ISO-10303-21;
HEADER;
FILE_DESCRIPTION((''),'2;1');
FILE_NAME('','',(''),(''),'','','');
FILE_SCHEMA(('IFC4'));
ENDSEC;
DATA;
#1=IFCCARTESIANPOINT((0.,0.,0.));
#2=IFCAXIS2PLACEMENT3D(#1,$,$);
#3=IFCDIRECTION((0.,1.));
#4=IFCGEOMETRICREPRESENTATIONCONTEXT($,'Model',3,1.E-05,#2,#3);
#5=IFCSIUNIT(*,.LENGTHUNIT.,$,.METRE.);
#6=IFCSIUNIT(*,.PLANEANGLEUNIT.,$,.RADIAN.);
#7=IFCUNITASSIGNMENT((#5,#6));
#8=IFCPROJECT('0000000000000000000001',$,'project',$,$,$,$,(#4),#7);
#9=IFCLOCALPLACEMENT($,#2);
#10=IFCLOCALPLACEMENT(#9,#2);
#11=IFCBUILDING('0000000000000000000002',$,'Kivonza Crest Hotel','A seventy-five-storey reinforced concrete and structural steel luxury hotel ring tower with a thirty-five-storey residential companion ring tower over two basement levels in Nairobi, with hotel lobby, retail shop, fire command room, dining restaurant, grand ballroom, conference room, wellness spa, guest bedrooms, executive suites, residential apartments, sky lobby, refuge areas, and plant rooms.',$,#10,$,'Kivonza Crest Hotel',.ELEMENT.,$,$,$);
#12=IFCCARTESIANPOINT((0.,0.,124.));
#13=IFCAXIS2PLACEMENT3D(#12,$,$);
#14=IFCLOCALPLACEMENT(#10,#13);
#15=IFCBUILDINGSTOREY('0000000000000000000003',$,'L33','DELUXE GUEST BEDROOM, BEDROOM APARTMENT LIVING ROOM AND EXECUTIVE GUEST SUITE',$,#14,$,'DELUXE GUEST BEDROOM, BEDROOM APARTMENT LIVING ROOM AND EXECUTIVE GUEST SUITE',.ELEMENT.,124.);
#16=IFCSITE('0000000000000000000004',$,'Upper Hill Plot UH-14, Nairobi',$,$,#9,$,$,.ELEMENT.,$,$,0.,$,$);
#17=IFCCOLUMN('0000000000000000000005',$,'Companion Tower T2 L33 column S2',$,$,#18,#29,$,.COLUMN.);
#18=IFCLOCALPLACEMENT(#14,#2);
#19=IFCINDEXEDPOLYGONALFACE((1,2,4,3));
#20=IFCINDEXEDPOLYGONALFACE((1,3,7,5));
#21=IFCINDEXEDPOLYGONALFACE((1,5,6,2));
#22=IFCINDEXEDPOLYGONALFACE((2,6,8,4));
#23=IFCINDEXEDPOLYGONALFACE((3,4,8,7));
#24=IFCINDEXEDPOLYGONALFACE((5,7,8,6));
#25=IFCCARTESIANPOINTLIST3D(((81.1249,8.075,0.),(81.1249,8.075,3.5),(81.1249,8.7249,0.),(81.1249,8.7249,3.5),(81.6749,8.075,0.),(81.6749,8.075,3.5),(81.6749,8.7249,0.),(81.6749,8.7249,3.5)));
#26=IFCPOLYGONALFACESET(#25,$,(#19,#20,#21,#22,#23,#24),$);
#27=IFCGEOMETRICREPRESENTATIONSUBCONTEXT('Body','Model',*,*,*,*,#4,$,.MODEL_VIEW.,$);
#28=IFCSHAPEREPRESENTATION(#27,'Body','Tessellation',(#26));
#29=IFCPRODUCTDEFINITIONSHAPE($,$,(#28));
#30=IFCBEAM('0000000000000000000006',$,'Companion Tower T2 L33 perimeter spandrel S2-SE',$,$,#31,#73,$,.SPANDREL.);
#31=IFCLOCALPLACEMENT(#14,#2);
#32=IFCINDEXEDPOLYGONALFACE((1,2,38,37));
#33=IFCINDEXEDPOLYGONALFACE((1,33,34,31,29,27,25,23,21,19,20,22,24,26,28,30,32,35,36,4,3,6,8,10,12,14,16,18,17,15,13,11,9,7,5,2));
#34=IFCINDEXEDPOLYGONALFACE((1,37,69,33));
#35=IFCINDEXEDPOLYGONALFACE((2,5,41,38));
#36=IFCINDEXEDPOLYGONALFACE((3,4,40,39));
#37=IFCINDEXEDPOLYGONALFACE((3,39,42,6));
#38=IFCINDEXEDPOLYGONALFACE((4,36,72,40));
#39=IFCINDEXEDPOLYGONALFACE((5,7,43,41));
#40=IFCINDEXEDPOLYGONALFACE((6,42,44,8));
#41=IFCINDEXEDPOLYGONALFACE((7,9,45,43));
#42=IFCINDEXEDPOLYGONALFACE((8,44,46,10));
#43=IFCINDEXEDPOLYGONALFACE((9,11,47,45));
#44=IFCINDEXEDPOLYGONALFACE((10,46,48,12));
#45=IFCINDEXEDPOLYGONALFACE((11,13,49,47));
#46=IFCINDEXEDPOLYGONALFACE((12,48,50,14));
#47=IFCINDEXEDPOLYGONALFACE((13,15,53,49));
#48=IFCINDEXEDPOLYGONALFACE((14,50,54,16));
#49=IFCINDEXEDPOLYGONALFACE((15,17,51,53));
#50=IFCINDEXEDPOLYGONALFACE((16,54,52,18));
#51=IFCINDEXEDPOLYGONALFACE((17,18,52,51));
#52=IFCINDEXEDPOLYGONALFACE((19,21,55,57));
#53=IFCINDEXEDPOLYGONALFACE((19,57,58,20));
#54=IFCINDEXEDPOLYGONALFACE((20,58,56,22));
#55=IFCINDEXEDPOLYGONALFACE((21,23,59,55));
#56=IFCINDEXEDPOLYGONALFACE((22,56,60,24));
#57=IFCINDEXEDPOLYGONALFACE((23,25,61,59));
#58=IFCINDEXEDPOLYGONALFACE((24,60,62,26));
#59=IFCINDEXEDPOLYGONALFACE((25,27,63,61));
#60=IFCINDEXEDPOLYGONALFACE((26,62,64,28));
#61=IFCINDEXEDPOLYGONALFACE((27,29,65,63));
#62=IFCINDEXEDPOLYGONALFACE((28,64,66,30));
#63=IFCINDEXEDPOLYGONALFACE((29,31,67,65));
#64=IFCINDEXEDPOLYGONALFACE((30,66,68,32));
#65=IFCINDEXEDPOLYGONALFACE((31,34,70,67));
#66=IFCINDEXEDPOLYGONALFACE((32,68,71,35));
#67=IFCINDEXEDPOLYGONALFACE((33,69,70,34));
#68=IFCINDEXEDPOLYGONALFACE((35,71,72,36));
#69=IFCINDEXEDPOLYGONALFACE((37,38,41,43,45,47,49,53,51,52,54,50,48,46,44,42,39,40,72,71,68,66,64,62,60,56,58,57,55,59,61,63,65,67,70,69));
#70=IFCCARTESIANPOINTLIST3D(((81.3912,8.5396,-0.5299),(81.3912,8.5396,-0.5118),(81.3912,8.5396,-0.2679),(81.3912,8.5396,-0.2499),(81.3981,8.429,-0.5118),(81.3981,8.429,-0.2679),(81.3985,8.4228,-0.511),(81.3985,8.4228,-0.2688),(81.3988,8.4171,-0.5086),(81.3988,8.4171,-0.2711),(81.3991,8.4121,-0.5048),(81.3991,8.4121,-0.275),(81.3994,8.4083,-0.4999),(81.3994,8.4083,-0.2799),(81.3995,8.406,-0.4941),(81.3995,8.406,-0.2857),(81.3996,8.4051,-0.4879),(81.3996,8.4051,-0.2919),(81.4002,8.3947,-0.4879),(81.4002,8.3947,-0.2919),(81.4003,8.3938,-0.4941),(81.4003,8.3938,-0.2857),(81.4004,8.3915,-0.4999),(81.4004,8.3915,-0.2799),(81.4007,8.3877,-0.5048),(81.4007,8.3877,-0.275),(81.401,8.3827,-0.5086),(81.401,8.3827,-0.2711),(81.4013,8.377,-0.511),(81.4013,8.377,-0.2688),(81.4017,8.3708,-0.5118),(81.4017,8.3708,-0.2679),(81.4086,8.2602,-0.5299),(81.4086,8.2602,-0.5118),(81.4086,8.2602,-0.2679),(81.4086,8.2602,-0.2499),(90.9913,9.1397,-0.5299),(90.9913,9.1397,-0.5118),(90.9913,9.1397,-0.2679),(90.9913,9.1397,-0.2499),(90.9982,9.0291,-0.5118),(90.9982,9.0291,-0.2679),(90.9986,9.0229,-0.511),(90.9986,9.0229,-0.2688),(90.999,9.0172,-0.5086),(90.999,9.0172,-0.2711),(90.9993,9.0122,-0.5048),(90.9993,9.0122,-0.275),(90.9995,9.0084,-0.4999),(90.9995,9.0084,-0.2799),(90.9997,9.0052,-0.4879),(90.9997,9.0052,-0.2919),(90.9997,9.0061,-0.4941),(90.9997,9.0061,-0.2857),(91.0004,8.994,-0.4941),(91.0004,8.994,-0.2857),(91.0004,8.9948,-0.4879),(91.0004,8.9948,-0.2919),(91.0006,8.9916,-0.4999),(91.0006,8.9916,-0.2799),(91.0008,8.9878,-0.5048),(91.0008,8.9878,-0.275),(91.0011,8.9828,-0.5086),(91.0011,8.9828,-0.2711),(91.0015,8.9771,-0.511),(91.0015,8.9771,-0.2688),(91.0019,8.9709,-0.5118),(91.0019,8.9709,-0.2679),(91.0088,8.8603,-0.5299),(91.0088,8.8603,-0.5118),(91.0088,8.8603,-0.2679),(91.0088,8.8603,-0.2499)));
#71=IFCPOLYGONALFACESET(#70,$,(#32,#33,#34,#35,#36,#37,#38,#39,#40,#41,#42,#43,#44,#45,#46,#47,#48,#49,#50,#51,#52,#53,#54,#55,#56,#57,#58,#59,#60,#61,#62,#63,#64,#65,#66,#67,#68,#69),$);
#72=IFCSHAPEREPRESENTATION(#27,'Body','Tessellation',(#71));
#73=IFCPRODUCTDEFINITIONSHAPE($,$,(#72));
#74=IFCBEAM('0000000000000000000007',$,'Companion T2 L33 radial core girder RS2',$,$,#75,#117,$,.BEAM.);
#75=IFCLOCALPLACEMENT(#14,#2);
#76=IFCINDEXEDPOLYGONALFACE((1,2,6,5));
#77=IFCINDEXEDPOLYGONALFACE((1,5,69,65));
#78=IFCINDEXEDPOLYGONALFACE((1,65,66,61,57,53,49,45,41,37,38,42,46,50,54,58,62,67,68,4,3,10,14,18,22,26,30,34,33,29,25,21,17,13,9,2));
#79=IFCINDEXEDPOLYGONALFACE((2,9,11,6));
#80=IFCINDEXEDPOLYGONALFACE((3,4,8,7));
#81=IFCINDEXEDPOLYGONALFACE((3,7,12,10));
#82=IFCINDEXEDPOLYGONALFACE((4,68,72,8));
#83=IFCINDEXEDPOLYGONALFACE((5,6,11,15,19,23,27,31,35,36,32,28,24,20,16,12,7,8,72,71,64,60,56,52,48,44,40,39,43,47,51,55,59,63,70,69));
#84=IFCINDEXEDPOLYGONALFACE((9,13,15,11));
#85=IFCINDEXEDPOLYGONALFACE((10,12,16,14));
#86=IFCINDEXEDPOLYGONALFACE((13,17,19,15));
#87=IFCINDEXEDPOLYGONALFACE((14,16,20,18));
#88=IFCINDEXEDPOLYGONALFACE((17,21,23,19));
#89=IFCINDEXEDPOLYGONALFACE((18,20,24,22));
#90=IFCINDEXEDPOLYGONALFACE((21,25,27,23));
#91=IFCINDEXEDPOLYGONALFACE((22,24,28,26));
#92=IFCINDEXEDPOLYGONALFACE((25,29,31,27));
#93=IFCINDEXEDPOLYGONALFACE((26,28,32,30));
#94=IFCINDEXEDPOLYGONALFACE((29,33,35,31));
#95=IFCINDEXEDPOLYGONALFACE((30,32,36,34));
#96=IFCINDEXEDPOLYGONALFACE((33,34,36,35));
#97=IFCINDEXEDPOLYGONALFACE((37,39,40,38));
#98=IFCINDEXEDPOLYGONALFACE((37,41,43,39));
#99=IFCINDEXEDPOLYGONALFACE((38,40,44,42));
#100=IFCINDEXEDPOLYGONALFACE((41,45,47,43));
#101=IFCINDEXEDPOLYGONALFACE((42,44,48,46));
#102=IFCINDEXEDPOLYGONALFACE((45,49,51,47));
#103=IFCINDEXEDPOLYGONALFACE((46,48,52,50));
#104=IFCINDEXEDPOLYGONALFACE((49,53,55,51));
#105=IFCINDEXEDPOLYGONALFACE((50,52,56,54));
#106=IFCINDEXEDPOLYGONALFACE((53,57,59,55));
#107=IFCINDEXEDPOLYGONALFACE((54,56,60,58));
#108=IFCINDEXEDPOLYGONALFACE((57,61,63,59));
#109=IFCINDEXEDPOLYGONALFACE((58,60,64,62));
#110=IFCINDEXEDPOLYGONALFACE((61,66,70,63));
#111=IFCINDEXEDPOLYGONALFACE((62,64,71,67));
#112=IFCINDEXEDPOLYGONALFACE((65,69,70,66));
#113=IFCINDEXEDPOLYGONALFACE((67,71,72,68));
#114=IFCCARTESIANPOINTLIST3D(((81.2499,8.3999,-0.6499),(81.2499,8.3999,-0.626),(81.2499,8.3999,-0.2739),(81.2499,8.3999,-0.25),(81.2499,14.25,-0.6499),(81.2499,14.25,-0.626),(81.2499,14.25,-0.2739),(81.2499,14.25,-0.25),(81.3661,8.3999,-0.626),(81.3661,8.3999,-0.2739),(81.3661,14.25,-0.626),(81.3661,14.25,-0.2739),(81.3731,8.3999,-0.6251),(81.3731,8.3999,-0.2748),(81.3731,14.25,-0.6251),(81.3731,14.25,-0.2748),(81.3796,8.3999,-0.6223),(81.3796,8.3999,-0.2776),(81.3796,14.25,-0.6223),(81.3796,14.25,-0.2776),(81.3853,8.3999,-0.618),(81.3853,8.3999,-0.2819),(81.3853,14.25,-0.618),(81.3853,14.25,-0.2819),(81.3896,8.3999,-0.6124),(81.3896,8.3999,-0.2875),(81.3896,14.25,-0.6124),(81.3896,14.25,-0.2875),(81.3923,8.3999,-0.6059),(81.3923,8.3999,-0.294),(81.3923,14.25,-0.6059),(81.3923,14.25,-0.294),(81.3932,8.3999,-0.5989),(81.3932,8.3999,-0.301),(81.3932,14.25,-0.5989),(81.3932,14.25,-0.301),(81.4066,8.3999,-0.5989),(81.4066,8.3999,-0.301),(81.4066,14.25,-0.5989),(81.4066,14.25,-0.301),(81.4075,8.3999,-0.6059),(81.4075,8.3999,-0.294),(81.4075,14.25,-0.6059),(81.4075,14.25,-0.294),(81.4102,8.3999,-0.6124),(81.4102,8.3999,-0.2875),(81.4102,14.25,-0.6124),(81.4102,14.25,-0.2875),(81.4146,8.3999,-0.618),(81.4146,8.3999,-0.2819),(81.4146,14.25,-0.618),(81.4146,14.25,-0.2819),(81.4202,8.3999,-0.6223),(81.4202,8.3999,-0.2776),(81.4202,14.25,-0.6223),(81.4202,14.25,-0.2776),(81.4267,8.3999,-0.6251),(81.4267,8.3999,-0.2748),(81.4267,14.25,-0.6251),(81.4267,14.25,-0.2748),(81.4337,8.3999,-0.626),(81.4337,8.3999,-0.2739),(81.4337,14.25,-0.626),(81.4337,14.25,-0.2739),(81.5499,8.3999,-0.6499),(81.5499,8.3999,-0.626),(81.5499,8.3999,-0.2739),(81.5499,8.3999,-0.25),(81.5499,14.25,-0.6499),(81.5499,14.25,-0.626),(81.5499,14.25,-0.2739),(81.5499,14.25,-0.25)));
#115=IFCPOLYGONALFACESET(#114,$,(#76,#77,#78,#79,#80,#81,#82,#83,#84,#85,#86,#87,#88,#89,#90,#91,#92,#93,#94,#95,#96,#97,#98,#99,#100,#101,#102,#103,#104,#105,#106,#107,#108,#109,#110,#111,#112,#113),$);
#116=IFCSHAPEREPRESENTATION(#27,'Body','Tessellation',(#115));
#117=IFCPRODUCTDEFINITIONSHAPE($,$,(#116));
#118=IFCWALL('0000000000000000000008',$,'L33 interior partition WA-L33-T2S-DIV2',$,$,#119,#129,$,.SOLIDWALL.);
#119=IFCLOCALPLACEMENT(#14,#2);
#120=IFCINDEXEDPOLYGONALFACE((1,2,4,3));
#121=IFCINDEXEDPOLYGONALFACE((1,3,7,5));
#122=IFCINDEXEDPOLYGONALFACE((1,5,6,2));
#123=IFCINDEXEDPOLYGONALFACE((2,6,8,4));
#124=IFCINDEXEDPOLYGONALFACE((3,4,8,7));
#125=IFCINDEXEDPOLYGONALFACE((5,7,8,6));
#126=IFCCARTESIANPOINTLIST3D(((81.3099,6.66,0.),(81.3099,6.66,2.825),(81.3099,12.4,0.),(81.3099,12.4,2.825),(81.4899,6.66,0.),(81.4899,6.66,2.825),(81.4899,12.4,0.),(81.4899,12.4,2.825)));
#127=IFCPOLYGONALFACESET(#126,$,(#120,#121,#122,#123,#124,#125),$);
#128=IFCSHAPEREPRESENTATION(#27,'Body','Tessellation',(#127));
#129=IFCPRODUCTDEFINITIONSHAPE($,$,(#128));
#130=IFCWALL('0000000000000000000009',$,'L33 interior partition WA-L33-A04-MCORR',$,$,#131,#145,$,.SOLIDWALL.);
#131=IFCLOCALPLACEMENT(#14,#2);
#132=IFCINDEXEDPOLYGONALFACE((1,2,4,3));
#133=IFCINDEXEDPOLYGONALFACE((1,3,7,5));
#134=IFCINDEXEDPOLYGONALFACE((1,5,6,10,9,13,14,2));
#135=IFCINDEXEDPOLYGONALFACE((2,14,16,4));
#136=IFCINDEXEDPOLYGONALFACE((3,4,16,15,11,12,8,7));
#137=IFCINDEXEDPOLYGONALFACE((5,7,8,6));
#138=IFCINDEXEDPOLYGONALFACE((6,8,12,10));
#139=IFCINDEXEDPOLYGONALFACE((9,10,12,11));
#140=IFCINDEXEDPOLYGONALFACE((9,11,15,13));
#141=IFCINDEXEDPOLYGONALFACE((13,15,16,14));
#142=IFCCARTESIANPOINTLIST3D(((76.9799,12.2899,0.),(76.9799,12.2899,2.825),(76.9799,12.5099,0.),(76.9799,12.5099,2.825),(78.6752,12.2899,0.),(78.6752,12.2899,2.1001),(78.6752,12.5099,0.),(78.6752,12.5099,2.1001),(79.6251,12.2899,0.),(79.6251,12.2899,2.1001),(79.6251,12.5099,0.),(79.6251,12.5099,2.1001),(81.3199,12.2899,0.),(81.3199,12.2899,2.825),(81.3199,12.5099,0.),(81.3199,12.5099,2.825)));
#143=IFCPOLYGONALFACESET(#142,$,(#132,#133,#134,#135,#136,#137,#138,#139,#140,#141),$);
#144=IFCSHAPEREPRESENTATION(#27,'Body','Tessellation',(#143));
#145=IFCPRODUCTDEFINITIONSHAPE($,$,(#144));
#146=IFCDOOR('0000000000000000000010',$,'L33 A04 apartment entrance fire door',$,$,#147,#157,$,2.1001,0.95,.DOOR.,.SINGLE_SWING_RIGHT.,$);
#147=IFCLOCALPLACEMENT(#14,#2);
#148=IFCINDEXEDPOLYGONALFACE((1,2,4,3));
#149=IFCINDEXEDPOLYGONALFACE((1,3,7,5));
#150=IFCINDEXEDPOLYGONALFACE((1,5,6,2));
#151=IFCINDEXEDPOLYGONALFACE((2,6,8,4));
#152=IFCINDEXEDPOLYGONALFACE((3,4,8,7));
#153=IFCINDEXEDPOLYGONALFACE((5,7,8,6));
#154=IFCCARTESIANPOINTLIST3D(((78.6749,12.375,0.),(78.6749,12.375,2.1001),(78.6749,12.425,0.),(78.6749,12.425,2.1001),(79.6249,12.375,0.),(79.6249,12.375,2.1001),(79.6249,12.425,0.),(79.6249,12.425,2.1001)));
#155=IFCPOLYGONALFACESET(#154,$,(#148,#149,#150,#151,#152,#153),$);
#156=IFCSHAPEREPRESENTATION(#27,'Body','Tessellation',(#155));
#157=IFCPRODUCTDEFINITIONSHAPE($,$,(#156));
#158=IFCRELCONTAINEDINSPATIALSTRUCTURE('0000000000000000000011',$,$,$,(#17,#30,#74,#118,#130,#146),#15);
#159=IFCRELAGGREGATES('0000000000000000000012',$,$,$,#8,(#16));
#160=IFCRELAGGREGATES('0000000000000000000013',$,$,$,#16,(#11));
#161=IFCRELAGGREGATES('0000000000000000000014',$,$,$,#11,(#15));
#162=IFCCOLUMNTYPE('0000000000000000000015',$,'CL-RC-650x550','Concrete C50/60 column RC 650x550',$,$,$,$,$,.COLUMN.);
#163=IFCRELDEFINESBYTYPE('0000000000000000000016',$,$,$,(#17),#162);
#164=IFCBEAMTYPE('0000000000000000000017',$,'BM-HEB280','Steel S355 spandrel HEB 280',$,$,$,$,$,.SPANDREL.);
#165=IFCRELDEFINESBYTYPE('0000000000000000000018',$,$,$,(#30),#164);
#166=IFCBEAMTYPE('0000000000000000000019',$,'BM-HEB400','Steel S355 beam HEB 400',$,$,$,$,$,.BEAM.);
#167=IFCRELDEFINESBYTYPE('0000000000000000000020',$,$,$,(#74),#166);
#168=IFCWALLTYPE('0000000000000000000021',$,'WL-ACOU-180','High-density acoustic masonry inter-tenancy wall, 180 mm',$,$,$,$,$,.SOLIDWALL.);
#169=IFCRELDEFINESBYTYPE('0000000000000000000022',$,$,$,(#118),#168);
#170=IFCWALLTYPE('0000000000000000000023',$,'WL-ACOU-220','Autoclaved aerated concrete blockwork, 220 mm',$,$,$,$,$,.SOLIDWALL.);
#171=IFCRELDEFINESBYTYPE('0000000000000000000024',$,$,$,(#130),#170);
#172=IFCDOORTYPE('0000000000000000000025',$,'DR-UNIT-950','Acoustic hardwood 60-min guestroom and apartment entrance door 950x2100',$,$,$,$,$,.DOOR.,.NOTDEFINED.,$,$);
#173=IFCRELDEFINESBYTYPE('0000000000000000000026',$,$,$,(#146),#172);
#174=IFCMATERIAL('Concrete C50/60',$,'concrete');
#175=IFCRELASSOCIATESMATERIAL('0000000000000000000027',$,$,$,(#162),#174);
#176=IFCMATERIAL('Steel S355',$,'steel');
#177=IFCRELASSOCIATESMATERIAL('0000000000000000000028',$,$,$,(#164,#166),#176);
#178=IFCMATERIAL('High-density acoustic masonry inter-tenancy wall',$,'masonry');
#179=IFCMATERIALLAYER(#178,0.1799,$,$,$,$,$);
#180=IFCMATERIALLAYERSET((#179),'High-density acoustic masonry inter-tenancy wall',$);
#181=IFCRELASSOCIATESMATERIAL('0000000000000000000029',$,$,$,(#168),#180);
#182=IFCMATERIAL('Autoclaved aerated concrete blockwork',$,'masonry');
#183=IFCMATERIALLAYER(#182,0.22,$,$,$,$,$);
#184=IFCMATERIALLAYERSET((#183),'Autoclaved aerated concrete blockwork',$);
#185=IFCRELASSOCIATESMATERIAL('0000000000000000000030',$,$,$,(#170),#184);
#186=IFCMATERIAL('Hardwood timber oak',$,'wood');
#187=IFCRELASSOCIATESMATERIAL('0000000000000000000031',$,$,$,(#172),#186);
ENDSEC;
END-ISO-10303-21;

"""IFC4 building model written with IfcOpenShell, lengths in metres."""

from ifc_helpers import new_model, si_unit, direction, frame, frame_2d, origin, origin_2d, place, context, subcontext, project, spatial, rectangle, i_section, extrude, material, layer, layer_set, material_profile, profile_set, type_object, element, fill, save


model = new_model("IFC4")

# Units and contexts
model_context = context("Model", 3, precision=1e-05, world=origin(), true_north=direction((0.0, 1.0)))
body_context = subcontext(model_context, "Body", "Model", "MODEL_VIEW")
ifc_project = project(units=[si_unit("LENGTHUNIT", "METRE"), si_unit("PLANEANGLEUNIT", "RADIAN")], contexts=[model_context])

# Site, building, storey
site_placement = place(None, origin())
site = spatial("IfcSite", under=ifc_project, at=site_placement, Name="Upper Hill Plot UH-14, Nairobi", CompositionType="ELEMENT", RefElevation=0.0)
building_placement = place(site_placement, origin())
building = spatial("IfcBuilding", under=site, at=building_placement, Name="Kivonza Crest Hotel", Description="A seventy-five-storey reinforced concrete and structural steel luxury hotel ring tower with a thirty-five-storey residential companion ring tower over two basement levels in Nairobi, with hotel lobby, retail shop, fire command room, dining restaurant, grand ballroom, conference room, wellness spa, guest bedrooms, executive suites, residential apartments, sky lobby, refuge areas, and plant rooms.", LongName="Kivonza Crest Hotel", CompositionType="ELEMENT")
storey_placement = place(building_placement, frame((0.0, 0.0, 124.0)))
storey = spatial("IfcBuildingStorey", under=building, at=storey_placement, Name="L33", Description="DELUXE GUEST BEDROOM, BEDROOM APARTMENT LIVING ROOM AND EXECUTIVE GUEST SUITE", LongName="DELUXE GUEST BEDROOM, BEDROOM APARTMENT LIVING ROOM AND EXECUTIVE GUEST SUITE", CompositionType="ELEMENT", Elevation=124.0)

# Column
ifc_material_1 = material(Name="Concrete C50/60", Category="concrete")
ifc_material_profile_1 = material_profile(ifc_material_1, rectangle(XDim=0.55, YDim=0.6499, at=origin_2d()), Name="RC 650x550")
ifc_profile_set_1 = profile_set([ifc_material_profile_1], Name="Concrete C50/60")
column_type = type_object("IfcColumnType", Name="CL-RC-650x550", Description="Concrete C50/60 column RC 650x550", PredefinedType="COLUMN", material=ifc_profile_set_1)
column_placement = place(storey_placement, frame((81.3999, 8.3999, 0.0), z_axis=(0.0, 0.0, 1.0), x_axis=(1.0, 0.0, 0.0)))
element("IfcColumn", 1, at=column_placement, inside=storey, type_object=column_type, Name="Companion Tower T2 L33 column S2", PredefinedType="COLUMN", context=body_context, shape_type="SweptSolid", body=[
    extrude(rectangle(XDim=0.55, YDim=0.6499, at=origin_2d()), origin(), (0.0, 0.0, 1.0), 3.5),
])

# Beams
ifc_material_2 = material(Name="Steel S355", Category="steel")
ifc_material_profile_2 = material_profile(ifc_material_2, i_section(OverallWidth=0.28, OverallDepth=0.28, WebThickness=0.0105, FlangeThickness=0.0181, FilletRadius=0.0239, at=origin_2d()), Name="HEB 280")
ifc_profile_set_2 = profile_set([ifc_material_profile_2], Name="Steel S355")
beam_type_1 = type_object("IfcBeamType", Name="BM-HEB280", Description="Steel S355 spandrel HEB 280", PredefinedType="SPANDREL", material=ifc_profile_set_2)
beam_1_placement = place(storey_placement, frame((81.3999, 8.3999, -0.3899), z_axis=(0.998052, 0.062388, 0.0), x_axis=(-0.062388, 0.998052, 0.0)))
element("IfcBeam", 2, at=beam_1_placement, inside=storey, type_object=beam_type_1, Name="Companion Tower T2 L33 perimeter spandrel S2-SE", PredefinedType="SPANDREL", context=body_context, shape_type="SweptSolid", body=[
    extrude(i_section(OverallWidth=0.28, OverallDepth=0.28, WebThickness=0.0105, FlangeThickness=0.0181, FilletRadius=0.0239, at=origin_2d()), origin(), (0.0, 0.0, 1.0), 9.6189),
])
ifc_material_profile_3 = material_profile(ifc_material_2, i_section(OverallWidth=0.3, OverallDepth=0.3999, WebThickness=0.0134, FlangeThickness=0.0239, FilletRadius=0.0271, at=origin_2d()), Name="HEB 400")
ifc_profile_set_3 = profile_set([ifc_material_profile_3], Name="Steel S355")
beam_type_2 = type_object("IfcBeamType", Name="BM-HEB400", Description="Steel S355 beam HEB 400", PredefinedType="BEAM", material=ifc_profile_set_3)
beam_2_placement = place(storey_placement, frame((81.3999, 8.3999, -0.45), z_axis=(0.0, 1.0, 0.0), x_axis=(-1.0, 0.0, 0.0)))
element("IfcBeam", 3, at=beam_2_placement, inside=storey, type_object=beam_type_2, Name="Companion T2 L33 radial core girder RS2", PredefinedType="BEAM", context=body_context, shape_type="SweptSolid", body=[
    extrude(i_section(OverallWidth=0.3, OverallDepth=0.3999, WebThickness=0.0134, FlangeThickness=0.0239, FilletRadius=0.0271, at=origin_2d()), origin(), (0.0, 0.0, 1.0), 5.8501),
])

# Wall
ifc_material_3 = material(Name="High-density acoustic masonry inter-tenancy wall", Category="masonry")
ifc_layer_1 = layer(ifc_material_3, 0.1799)
ifc_layer_set_1 = layer_set([ifc_layer_1], Name="High-density acoustic masonry inter-tenancy wall")
wall_type_1 = type_object("IfcWallType", Name="WL-ACOU-180", Description="High-density acoustic masonry inter-tenancy wall, 180 mm", PredefinedType="SOLIDWALL", material=ifc_layer_set_1)
wall_1_placement = place(storey_placement, frame((81.3999, 6.6599, 0.0), z_axis=(0.0, 0.0, 1.0), x_axis=(0.0, 1.0, 0.0)))
element("IfcWall", 4, at=wall_1_placement, inside=storey, type_object=wall_type_1, Name="L33 interior partition WA-L33-T2S-DIV2", PredefinedType="SOLIDWALL", context=body_context, shape_type="SweptSolid", body=[
    extrude(rectangle(XDim=5.74, YDim=0.1799, at=frame_2d((2.8701, 0.0))), origin(), (0.0, 0.0, 1.0), 2.825),
])

# Wall, opening, door
ifc_material_4 = material(Name="Autoclaved aerated concrete blockwork", Category="masonry")
ifc_layer_2 = layer(ifc_material_4, 0.22)
ifc_layer_set_2 = layer_set([ifc_layer_2], Name="Autoclaved aerated concrete blockwork")
wall_type_2 = type_object("IfcWallType", Name="WL-ACOU-220", Description="Autoclaved aerated concrete blockwork, 220 mm", PredefinedType="SOLIDWALL", material=ifc_layer_set_2)
wall_2_placement = place(storey_placement, frame((76.98, 12.3999, 0.0), z_axis=(0.0, 0.0, 1.0), x_axis=(1.0, 0.0, 0.0)))
wall_2 = element("IfcWall", 5, at=wall_2_placement, inside=storey, type_object=wall_type_2, Name="L33 interior partition WA-L33-A04-MCORR", PredefinedType="SOLIDWALL", context=body_context, shape_type="SweptSolid", body=[
    extrude(rectangle(XDim=4.3401, YDim=0.22, at=frame_2d((2.1699, 0.0))), origin(), (0.0, 0.0, 1.0), 2.825),
])
opening_1_placement = place(wall_2_placement, frame((1.6951, 0.0, 0.0)))
opening_1 = element("IfcOpeningElement", 6, at=opening_1_placement, cuts=wall_2, PredefinedType="OPENING", context=body_context, shape_type="SweptSolid", body=[
    extrude(rectangle(XDim=0.95, YDim=2.1001, at=frame_2d((0.4751, 1.05))), frame((0.0, 0.1201, 0.0), z_axis=(0.0, -1.0, 0.0), x_axis=(1.0, 0.0, 0.0)), (0.0, 0.0, 1.0), 0.24),
])
ifc_material_5 = material(Name="Hardwood timber oak", Category="wood")
door_type_1 = type_object("IfcDoorType", Name="DR-UNIT-950", Description="Acoustic hardwood 60-min guestroom and apartment entrance door 950x2100", OperationType="NOTDEFINED", PredefinedType="DOOR", material=ifc_material_5)
door_1_placement = place(opening_1_placement, frame((0.95, 0.0, 0.0), z_axis=(0.0, 0.0, 1.0), x_axis=(-1.0, 0.0, 0.0)))
door_1 = element("IfcDoor", 7, at=door_1_placement, inside=storey, type_object=door_type_1, Name="L33 A04 apartment entrance fire door", OperationType="SINGLE_SWING_RIGHT", OverallHeight=2.1001, OverallWidth=0.95, PredefinedType="DOOR", context=body_context, shape_type="SweptSolid", body=[
    extrude(rectangle(XDim=0.95, YDim=2.1001, at=frame_2d((0.4751, 1.05))), frame((0.0, 0.0249, 0.0), z_axis=(0.0, -1.0, 0.0), x_axis=(1.0, 0.0, 0.0)), (0.0, 0.0, 1.0), 0.05),
])
fill(opening_1, door_1)

save(model, "model.ifc")
